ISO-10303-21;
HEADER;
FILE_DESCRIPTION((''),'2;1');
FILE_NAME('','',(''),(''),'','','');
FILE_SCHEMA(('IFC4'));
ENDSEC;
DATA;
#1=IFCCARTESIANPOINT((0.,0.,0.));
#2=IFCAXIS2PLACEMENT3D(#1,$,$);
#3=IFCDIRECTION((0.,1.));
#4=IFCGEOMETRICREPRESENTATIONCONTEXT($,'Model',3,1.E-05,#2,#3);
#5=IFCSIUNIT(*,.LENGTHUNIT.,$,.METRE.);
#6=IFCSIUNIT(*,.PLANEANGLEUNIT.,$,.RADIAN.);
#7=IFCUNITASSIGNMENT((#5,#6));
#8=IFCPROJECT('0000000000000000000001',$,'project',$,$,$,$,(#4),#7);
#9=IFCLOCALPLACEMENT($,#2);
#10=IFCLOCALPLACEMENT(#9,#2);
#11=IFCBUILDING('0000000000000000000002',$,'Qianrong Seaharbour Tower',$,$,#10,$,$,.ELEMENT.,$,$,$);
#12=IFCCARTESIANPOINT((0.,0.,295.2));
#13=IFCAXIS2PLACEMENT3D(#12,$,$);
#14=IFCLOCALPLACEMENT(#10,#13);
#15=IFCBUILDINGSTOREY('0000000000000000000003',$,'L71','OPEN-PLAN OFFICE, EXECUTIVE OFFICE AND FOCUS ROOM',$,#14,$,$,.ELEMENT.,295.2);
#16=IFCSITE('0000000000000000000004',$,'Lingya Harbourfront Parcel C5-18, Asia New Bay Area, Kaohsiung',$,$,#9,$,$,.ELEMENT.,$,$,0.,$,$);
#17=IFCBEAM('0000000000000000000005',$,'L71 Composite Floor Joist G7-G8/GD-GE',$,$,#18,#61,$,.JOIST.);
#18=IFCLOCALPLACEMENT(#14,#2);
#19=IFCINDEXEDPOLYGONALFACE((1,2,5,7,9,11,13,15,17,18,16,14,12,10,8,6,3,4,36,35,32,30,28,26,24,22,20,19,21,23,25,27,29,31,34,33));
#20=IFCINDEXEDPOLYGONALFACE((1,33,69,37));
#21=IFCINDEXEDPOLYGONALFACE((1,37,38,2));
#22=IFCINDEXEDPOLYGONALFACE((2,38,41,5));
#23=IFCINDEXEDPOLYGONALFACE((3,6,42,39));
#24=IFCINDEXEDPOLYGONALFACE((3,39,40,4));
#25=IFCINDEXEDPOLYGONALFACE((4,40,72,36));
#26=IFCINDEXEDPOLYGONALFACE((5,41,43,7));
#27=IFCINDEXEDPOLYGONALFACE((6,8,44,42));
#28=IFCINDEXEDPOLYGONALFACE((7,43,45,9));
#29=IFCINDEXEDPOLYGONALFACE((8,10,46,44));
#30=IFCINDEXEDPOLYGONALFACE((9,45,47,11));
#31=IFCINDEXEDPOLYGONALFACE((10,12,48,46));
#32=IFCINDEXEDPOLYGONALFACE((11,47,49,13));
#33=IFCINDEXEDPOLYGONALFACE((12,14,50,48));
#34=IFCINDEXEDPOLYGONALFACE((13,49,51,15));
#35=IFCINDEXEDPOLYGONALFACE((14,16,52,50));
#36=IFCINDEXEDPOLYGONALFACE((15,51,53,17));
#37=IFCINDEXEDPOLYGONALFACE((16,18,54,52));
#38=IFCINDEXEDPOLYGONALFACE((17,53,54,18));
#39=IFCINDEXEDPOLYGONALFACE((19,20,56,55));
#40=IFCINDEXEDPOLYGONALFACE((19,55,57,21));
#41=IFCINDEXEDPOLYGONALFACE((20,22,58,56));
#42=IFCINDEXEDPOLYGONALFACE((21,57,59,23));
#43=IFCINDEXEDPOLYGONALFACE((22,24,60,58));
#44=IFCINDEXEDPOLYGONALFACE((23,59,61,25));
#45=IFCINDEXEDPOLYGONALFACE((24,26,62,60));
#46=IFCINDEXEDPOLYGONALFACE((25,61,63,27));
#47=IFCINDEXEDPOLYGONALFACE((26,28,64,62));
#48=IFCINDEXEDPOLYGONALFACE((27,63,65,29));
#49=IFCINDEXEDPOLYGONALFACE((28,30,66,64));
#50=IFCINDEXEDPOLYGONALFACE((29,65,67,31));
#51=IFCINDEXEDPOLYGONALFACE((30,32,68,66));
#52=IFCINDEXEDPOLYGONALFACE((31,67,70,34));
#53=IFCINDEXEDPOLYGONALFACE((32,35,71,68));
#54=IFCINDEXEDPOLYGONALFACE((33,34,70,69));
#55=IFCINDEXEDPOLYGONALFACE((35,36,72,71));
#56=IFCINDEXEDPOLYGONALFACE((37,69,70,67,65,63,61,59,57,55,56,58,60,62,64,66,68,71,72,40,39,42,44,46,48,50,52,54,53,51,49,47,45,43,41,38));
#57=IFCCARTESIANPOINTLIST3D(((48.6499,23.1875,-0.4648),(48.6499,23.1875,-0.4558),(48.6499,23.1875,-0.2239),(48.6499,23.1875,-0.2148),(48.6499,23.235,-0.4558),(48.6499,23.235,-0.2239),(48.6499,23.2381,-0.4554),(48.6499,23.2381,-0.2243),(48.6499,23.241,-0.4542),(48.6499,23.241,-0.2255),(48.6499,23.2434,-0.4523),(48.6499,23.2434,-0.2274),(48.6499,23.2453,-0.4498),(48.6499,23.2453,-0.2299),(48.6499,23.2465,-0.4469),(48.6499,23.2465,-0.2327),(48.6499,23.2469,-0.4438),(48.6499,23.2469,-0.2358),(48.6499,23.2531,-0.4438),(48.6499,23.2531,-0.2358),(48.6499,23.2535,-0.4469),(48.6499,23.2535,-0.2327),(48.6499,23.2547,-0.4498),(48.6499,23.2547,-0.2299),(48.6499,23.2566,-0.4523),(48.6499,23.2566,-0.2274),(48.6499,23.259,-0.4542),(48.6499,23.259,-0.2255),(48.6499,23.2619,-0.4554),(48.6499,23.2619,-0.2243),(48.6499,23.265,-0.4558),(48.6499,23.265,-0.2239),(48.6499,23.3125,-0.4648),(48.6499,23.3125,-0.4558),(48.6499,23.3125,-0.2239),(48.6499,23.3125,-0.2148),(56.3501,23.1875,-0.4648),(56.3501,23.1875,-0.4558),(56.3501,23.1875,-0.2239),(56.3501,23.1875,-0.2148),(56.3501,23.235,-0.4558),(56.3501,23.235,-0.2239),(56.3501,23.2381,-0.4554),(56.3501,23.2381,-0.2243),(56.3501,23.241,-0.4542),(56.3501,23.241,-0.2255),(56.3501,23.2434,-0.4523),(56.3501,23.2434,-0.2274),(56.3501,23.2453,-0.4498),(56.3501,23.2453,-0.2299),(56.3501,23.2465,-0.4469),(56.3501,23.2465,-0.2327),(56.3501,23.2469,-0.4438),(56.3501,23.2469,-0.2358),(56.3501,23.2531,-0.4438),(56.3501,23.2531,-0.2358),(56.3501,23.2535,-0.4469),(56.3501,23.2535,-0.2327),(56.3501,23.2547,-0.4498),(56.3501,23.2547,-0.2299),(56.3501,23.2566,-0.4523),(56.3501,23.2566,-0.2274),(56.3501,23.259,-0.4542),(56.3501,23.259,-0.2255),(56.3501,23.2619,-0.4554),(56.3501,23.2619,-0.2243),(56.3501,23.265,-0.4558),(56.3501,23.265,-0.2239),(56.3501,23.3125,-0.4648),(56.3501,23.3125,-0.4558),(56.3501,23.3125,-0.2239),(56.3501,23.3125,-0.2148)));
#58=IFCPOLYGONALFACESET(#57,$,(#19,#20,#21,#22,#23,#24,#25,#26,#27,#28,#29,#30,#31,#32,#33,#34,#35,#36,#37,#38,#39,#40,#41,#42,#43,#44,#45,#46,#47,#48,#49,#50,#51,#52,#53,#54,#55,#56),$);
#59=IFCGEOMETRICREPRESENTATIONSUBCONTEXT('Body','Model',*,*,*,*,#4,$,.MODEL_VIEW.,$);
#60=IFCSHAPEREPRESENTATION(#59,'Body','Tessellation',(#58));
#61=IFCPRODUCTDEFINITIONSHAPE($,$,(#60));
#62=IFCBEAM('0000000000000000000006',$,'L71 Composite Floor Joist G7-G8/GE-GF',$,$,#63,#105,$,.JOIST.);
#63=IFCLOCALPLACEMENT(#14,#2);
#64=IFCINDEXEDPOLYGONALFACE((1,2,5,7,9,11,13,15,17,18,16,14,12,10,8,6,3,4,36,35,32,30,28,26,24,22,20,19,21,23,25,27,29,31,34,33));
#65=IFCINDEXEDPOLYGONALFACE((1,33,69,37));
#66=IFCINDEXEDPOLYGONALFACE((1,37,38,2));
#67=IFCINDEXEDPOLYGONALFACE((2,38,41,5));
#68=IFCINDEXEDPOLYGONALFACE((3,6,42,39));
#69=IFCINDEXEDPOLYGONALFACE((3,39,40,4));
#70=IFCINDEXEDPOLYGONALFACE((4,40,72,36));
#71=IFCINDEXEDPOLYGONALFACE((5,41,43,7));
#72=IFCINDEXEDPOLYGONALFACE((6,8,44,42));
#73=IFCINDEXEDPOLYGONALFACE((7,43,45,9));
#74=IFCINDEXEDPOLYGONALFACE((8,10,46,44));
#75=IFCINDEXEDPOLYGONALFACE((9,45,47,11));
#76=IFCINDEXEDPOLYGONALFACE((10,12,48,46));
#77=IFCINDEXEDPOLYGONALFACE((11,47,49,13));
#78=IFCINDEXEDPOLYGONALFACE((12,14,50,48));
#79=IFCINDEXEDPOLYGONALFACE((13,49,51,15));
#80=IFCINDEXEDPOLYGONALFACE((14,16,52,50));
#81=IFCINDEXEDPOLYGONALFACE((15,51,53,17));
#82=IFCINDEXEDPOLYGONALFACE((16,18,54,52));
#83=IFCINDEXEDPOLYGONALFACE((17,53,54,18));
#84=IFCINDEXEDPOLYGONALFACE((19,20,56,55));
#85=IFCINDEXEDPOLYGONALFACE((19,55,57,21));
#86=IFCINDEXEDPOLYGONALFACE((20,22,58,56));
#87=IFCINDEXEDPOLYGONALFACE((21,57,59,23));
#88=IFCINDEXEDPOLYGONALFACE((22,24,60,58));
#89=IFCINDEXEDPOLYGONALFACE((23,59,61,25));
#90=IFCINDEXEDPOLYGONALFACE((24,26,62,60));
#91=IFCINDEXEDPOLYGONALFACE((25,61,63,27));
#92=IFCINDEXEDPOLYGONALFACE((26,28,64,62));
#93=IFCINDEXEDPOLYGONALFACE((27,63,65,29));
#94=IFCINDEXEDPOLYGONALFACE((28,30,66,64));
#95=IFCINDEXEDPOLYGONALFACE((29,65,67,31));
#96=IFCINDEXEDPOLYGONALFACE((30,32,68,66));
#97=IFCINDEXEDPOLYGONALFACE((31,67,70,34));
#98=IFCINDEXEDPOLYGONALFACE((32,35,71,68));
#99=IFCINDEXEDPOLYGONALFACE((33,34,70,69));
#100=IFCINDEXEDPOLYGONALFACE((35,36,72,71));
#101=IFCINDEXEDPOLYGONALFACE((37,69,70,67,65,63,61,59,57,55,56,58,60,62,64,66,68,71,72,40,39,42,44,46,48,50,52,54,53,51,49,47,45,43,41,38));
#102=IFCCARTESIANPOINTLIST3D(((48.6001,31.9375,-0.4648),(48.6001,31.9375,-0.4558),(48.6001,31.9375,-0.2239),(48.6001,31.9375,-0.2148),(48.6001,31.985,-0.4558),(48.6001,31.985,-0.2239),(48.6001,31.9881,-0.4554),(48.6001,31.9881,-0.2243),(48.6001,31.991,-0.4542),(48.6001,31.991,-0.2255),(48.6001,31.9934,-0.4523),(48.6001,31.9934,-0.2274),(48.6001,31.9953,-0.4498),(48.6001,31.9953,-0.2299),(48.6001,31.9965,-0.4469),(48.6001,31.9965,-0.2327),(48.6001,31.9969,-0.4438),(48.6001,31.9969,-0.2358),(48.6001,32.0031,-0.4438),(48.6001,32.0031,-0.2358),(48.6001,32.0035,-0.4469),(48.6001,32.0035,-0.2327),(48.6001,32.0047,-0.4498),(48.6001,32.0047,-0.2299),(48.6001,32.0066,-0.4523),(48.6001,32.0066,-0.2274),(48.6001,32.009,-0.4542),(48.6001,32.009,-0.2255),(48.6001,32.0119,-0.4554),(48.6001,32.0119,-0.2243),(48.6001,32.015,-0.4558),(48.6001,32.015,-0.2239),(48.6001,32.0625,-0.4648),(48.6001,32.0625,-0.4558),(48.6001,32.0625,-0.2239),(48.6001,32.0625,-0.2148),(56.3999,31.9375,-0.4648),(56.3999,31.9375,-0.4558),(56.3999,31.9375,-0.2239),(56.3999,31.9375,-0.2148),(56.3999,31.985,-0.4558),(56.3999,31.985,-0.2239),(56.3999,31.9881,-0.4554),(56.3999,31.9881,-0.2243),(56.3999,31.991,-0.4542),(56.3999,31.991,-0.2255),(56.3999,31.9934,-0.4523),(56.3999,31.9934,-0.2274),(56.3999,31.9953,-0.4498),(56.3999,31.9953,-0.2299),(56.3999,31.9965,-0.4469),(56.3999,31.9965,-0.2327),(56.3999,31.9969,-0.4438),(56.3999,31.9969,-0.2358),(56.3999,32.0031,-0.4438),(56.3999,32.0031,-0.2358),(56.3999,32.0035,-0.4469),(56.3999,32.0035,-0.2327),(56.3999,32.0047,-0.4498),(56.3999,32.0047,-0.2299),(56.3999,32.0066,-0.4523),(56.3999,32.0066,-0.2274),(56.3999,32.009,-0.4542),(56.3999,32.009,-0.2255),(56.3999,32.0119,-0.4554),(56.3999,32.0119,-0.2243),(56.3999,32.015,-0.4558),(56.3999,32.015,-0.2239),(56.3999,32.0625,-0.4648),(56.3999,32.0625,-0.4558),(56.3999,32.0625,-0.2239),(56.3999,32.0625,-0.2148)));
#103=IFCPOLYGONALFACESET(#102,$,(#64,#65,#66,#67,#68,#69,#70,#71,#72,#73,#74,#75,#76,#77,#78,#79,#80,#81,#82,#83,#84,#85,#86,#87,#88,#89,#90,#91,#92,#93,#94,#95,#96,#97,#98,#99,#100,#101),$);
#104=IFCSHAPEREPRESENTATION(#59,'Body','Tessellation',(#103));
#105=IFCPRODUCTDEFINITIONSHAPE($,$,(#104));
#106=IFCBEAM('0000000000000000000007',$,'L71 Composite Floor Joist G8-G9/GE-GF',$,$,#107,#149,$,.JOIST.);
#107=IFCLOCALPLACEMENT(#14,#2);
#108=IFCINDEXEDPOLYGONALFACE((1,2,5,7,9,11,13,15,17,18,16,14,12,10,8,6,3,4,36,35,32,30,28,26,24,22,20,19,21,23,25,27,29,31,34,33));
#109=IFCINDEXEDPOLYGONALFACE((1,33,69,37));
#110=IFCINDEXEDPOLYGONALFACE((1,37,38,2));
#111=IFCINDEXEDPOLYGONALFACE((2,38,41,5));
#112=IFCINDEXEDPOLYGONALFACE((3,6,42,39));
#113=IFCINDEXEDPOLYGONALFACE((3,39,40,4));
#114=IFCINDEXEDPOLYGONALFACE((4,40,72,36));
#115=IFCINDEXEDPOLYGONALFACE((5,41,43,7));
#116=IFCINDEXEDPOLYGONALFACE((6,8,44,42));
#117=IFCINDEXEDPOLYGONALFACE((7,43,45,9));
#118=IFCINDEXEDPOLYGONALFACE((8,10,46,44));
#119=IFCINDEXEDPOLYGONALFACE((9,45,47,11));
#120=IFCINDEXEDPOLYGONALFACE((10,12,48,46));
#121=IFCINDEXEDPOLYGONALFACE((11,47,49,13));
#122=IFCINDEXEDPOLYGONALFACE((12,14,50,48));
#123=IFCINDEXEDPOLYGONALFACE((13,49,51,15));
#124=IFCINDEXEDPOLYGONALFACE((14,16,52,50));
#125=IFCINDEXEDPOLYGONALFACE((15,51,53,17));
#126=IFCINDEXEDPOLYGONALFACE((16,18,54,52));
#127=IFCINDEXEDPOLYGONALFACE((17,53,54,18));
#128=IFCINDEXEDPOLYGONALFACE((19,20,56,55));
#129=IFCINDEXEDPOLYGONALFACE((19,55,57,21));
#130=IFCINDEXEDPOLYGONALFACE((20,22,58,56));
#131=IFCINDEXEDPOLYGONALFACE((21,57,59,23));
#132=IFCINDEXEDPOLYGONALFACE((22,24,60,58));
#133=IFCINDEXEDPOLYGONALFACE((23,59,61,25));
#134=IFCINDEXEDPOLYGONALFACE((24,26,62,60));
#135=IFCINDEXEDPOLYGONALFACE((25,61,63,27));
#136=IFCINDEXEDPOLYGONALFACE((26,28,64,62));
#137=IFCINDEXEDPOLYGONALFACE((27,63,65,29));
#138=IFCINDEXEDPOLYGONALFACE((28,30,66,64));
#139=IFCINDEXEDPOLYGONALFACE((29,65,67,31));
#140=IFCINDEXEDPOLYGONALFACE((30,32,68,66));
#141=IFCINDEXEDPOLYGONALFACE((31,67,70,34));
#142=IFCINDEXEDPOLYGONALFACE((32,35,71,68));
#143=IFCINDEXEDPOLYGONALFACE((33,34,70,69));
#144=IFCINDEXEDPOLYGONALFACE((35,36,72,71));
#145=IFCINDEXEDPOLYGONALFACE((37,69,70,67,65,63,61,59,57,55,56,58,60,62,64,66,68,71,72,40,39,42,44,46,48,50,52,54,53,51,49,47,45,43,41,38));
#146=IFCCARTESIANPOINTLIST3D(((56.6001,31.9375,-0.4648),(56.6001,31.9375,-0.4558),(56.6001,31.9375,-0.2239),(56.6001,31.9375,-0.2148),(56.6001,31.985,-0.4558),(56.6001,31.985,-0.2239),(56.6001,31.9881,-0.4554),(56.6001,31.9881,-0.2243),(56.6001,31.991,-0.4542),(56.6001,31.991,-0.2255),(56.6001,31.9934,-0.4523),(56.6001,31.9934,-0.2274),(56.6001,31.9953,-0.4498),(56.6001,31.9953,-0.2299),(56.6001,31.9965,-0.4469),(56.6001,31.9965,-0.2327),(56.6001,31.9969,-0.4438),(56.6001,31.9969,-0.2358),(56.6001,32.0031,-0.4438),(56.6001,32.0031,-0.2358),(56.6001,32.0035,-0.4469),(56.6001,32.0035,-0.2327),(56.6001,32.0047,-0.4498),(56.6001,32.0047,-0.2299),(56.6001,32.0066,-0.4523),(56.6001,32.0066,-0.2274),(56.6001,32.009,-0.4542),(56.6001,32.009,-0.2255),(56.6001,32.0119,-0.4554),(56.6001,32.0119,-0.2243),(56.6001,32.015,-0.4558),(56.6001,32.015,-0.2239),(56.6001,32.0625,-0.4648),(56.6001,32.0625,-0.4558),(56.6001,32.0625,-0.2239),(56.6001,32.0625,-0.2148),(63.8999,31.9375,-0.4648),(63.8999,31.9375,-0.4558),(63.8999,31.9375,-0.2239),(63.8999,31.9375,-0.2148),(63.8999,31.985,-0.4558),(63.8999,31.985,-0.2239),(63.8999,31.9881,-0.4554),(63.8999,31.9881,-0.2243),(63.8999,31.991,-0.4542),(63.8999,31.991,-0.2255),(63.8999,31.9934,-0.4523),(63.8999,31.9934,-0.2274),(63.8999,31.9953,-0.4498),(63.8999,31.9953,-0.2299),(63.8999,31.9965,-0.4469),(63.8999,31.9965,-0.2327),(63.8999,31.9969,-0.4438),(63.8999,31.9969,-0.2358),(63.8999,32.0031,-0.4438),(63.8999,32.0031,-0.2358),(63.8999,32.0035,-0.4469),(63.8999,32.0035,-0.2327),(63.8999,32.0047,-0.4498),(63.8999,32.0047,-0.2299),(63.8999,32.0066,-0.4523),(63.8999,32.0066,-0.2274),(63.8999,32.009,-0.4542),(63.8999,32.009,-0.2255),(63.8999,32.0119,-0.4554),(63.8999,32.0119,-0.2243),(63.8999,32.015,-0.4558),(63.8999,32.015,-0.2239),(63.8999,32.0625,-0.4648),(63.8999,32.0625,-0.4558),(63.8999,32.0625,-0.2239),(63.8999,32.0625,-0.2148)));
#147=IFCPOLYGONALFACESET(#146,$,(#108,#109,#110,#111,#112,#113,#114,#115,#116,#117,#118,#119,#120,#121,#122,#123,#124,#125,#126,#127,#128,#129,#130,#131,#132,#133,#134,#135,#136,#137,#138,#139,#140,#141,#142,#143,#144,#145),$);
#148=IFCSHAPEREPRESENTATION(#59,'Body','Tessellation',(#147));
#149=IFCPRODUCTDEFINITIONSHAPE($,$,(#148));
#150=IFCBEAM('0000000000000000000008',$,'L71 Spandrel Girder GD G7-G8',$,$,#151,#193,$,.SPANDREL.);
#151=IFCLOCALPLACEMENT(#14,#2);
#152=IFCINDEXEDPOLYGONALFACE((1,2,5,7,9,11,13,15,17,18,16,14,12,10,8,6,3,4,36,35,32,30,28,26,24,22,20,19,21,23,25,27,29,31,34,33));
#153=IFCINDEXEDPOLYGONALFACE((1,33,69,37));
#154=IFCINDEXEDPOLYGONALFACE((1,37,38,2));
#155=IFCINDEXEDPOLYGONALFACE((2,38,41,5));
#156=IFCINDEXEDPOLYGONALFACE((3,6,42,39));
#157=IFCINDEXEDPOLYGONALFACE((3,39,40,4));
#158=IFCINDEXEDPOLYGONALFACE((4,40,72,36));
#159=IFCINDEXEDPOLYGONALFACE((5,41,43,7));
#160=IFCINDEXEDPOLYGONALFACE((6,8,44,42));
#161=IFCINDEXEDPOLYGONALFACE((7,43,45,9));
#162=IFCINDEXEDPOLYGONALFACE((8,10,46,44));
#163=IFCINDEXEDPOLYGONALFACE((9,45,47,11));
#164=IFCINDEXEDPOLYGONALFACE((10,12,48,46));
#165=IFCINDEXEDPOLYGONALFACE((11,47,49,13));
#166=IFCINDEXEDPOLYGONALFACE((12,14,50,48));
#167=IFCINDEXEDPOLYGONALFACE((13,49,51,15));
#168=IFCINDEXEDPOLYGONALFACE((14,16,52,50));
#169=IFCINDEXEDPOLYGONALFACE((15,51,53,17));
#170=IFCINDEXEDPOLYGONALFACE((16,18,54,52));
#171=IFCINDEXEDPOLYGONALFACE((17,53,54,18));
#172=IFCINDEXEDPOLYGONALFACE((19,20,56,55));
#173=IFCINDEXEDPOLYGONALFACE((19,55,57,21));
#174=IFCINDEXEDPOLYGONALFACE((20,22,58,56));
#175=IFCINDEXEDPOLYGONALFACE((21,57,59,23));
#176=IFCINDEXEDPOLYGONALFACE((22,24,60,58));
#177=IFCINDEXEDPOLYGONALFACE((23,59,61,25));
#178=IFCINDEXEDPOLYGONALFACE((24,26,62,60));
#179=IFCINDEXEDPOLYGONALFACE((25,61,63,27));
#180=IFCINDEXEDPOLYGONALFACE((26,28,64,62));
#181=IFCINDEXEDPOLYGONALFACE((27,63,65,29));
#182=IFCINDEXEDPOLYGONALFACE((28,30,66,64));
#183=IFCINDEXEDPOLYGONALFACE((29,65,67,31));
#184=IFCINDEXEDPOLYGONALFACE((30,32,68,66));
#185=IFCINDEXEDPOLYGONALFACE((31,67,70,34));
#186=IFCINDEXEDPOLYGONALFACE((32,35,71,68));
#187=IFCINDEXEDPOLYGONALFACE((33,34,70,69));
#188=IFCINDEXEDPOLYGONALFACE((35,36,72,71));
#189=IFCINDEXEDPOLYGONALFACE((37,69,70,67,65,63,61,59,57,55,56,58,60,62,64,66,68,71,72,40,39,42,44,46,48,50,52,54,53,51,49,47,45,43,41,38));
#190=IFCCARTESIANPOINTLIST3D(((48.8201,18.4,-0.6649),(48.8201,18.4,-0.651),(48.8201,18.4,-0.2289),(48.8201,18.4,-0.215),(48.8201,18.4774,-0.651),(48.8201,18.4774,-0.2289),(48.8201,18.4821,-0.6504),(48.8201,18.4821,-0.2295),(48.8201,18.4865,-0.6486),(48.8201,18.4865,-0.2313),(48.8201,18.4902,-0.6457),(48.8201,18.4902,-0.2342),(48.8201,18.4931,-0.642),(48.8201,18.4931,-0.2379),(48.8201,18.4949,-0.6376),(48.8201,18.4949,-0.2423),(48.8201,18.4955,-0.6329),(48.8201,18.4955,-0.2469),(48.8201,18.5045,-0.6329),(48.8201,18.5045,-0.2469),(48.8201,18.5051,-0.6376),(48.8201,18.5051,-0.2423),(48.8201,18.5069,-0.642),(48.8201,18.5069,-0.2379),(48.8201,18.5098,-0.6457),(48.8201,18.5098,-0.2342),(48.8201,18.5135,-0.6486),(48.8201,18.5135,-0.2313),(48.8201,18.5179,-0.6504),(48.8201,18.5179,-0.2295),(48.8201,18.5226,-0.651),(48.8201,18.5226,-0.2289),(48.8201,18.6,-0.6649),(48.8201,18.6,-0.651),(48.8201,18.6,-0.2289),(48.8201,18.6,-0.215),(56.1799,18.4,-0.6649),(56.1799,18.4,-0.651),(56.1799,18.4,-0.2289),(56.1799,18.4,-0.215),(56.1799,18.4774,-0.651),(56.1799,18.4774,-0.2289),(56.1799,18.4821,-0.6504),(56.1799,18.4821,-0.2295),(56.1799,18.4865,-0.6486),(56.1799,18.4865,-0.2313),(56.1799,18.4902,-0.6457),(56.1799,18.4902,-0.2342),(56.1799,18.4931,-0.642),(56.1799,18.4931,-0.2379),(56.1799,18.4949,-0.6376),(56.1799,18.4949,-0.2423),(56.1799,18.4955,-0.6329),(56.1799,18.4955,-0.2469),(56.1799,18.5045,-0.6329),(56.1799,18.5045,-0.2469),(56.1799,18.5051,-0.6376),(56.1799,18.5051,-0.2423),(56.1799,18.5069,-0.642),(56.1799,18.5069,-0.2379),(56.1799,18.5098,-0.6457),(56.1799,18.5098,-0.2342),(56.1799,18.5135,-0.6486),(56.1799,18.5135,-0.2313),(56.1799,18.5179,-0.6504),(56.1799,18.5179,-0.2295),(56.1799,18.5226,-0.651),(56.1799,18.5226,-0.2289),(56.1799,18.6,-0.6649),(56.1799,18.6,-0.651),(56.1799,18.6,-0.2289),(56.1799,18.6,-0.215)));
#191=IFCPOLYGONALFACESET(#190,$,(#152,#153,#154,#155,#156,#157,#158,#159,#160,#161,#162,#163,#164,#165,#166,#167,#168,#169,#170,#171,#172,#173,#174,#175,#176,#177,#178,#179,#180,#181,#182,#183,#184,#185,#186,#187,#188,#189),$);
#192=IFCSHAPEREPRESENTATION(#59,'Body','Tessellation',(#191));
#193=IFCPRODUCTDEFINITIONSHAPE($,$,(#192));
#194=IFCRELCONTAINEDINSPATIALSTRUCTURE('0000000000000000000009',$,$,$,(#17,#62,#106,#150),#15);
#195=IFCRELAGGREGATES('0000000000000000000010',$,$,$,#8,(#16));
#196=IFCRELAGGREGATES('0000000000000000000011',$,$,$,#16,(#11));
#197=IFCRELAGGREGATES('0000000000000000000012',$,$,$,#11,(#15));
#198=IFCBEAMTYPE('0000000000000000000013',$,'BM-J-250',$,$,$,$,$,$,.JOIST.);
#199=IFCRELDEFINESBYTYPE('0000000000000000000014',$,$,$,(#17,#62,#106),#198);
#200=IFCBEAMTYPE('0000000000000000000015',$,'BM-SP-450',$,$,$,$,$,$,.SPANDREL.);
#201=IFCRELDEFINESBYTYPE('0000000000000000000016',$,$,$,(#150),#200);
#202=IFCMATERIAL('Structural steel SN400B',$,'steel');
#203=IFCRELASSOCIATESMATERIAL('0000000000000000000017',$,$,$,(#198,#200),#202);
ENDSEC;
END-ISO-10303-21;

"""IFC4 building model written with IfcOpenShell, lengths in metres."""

from ifc_helpers import new_model, si_unit, direction, frame, origin, origin_2d, place, context, subcontext, project, spatial, i_section, extrude, material, material_profile, profile_set, type_object, element, save


model = new_model("IFC4")

# Units and contexts
model_context = context("Model", 3, precision=1e-05, world=origin(), true_north=direction((0.0, 1.0)))
body_context = subcontext(model_context, "Body", "Model", "MODEL_VIEW")
ifc_project = project(units=[si_unit("LENGTHUNIT", "METRE"), si_unit("PLANEANGLEUNIT", "RADIAN")], contexts=[model_context])

# Site, building, storey
site_placement = place(None, origin())
site = spatial("IfcSite", under=ifc_project, at=site_placement, Name="Lingya Harbourfront Parcel C5-18, Asia New Bay Area, Kaohsiung", CompositionType="ELEMENT", RefElevation=0.0)
building_placement = place(site_placement, origin())
building = spatial("IfcBuilding", under=site, at=building_placement, Name="Qianrong Seaharbour Tower", CompositionType="ELEMENT")
storey_placement = place(building_placement, frame((0.0, 0.0, 295.2)))
storey = spatial("IfcBuildingStorey", under=building, at=storey_placement, Name="L71", Description="OPEN-PLAN OFFICE, EXECUTIVE OFFICE AND FOCUS ROOM", CompositionType="ELEMENT", Elevation=295.2)

# Shared definitions
ifc_material_1 = material(Name="Structural steel SN400B", Category="steel")

# Beams
ifc_material_profile_1 = material_profile(ifc_material_1, i_section(OverallWidth=0.125, OverallDepth=0.25, WebThickness=0.0061, FlangeThickness=0.009, FilletRadius=0.012, at=origin_2d()), Name="H250x125x6x9")
ifc_profile_set_1 = profile_set([ifc_material_profile_1], Name="Structural steel SN400B")
beam_type_1 = type_object("IfcBeamType", Name="BM-J-250", PredefinedType="JOIST", material=ifc_profile_set_1)
beam_1_placement = place(storey_placement, frame((48.6499, 23.25, -0.3398), z_axis=(1.0, 0.0, 0.0), x_axis=(0.0, 1.0, 0.0)))
element("IfcBeam", 1, at=beam_1_placement, inside=storey, type_object=beam_type_1, Name="L71 Composite Floor Joist G7-G8/GD-GE", PredefinedType="JOIST", context=body_context, shape_type="SweptSolid", body=[
    extrude(i_section(OverallWidth=0.125, OverallDepth=0.25, WebThickness=0.0061, FlangeThickness=0.009, FilletRadius=0.012, at=origin_2d()), origin(), (0.0, 0.0, 1.0), 7.7002),
])
beam_2_placement = place(storey_placement, frame((48.6001, 32.0, -0.3398), z_axis=(1.0, 0.0, 0.0), x_axis=(0.0, 1.0, 0.0)))
element("IfcBeam", 2, at=beam_2_placement, inside=storey, type_object=beam_type_1, Name="L71 Composite Floor Joist G7-G8/GE-GF", PredefinedType="JOIST", context=body_context, shape_type="SweptSolid", body=[
    extrude(i_section(OverallWidth=0.125, OverallDepth=0.25, WebThickness=0.0061, FlangeThickness=0.009, FilletRadius=0.012, at=origin_2d()), origin(), (0.0, 0.0, 1.0), 7.7998),
])
beam_3_placement = place(storey_placement, frame((56.6001, 32.0, -0.3398), z_axis=(1.0, 0.0, 0.0), x_axis=(0.0, 1.0, 0.0)))
element("IfcBeam", 3, at=beam_3_placement, inside=storey, type_object=beam_type_1, Name="L71 Composite Floor Joist G8-G9/GE-GF", PredefinedType="JOIST", context=body_context, shape_type="SweptSolid", body=[
    extrude(i_section(OverallWidth=0.125, OverallDepth=0.25, WebThickness=0.0061, FlangeThickness=0.009, FilletRadius=0.012, at=origin_2d()), origin(), (0.0, 0.0, 1.0), 7.2998),
])
ifc_material_profile_2 = material_profile(ifc_material_1, i_section(OverallWidth=0.2, OverallDepth=0.45, WebThickness=0.009, FlangeThickness=0.0139, FilletRadius=0.0181, at=origin_2d()), Name="H450x200x9x14")
ifc_profile_set_2 = profile_set([ifc_material_profile_2], Name="Structural steel SN400B")
beam_type_2 = type_object("IfcBeamType", Name="BM-SP-450", PredefinedType="SPANDREL", material=ifc_profile_set_2)
beam_4_placement = place(storey_placement, frame((48.8201, 18.5, -0.4399), z_axis=(1.0, 0.0, 0.0), x_axis=(0.0, 1.0, 0.0)))
element("IfcBeam", 4, at=beam_4_placement, inside=storey, type_object=beam_type_2, Name="L71 Spandrel Girder GD G7-G8", PredefinedType="SPANDREL", context=body_context, shape_type="SweptSolid", body=[
    extrude(i_section(OverallWidth=0.2, OverallDepth=0.45, WebThickness=0.009, FlangeThickness=0.0139, FilletRadius=0.0181, at=origin_2d()), origin(), (0.0, 0.0, 1.0), 7.3599),
])

save(model, "model.ifc")
